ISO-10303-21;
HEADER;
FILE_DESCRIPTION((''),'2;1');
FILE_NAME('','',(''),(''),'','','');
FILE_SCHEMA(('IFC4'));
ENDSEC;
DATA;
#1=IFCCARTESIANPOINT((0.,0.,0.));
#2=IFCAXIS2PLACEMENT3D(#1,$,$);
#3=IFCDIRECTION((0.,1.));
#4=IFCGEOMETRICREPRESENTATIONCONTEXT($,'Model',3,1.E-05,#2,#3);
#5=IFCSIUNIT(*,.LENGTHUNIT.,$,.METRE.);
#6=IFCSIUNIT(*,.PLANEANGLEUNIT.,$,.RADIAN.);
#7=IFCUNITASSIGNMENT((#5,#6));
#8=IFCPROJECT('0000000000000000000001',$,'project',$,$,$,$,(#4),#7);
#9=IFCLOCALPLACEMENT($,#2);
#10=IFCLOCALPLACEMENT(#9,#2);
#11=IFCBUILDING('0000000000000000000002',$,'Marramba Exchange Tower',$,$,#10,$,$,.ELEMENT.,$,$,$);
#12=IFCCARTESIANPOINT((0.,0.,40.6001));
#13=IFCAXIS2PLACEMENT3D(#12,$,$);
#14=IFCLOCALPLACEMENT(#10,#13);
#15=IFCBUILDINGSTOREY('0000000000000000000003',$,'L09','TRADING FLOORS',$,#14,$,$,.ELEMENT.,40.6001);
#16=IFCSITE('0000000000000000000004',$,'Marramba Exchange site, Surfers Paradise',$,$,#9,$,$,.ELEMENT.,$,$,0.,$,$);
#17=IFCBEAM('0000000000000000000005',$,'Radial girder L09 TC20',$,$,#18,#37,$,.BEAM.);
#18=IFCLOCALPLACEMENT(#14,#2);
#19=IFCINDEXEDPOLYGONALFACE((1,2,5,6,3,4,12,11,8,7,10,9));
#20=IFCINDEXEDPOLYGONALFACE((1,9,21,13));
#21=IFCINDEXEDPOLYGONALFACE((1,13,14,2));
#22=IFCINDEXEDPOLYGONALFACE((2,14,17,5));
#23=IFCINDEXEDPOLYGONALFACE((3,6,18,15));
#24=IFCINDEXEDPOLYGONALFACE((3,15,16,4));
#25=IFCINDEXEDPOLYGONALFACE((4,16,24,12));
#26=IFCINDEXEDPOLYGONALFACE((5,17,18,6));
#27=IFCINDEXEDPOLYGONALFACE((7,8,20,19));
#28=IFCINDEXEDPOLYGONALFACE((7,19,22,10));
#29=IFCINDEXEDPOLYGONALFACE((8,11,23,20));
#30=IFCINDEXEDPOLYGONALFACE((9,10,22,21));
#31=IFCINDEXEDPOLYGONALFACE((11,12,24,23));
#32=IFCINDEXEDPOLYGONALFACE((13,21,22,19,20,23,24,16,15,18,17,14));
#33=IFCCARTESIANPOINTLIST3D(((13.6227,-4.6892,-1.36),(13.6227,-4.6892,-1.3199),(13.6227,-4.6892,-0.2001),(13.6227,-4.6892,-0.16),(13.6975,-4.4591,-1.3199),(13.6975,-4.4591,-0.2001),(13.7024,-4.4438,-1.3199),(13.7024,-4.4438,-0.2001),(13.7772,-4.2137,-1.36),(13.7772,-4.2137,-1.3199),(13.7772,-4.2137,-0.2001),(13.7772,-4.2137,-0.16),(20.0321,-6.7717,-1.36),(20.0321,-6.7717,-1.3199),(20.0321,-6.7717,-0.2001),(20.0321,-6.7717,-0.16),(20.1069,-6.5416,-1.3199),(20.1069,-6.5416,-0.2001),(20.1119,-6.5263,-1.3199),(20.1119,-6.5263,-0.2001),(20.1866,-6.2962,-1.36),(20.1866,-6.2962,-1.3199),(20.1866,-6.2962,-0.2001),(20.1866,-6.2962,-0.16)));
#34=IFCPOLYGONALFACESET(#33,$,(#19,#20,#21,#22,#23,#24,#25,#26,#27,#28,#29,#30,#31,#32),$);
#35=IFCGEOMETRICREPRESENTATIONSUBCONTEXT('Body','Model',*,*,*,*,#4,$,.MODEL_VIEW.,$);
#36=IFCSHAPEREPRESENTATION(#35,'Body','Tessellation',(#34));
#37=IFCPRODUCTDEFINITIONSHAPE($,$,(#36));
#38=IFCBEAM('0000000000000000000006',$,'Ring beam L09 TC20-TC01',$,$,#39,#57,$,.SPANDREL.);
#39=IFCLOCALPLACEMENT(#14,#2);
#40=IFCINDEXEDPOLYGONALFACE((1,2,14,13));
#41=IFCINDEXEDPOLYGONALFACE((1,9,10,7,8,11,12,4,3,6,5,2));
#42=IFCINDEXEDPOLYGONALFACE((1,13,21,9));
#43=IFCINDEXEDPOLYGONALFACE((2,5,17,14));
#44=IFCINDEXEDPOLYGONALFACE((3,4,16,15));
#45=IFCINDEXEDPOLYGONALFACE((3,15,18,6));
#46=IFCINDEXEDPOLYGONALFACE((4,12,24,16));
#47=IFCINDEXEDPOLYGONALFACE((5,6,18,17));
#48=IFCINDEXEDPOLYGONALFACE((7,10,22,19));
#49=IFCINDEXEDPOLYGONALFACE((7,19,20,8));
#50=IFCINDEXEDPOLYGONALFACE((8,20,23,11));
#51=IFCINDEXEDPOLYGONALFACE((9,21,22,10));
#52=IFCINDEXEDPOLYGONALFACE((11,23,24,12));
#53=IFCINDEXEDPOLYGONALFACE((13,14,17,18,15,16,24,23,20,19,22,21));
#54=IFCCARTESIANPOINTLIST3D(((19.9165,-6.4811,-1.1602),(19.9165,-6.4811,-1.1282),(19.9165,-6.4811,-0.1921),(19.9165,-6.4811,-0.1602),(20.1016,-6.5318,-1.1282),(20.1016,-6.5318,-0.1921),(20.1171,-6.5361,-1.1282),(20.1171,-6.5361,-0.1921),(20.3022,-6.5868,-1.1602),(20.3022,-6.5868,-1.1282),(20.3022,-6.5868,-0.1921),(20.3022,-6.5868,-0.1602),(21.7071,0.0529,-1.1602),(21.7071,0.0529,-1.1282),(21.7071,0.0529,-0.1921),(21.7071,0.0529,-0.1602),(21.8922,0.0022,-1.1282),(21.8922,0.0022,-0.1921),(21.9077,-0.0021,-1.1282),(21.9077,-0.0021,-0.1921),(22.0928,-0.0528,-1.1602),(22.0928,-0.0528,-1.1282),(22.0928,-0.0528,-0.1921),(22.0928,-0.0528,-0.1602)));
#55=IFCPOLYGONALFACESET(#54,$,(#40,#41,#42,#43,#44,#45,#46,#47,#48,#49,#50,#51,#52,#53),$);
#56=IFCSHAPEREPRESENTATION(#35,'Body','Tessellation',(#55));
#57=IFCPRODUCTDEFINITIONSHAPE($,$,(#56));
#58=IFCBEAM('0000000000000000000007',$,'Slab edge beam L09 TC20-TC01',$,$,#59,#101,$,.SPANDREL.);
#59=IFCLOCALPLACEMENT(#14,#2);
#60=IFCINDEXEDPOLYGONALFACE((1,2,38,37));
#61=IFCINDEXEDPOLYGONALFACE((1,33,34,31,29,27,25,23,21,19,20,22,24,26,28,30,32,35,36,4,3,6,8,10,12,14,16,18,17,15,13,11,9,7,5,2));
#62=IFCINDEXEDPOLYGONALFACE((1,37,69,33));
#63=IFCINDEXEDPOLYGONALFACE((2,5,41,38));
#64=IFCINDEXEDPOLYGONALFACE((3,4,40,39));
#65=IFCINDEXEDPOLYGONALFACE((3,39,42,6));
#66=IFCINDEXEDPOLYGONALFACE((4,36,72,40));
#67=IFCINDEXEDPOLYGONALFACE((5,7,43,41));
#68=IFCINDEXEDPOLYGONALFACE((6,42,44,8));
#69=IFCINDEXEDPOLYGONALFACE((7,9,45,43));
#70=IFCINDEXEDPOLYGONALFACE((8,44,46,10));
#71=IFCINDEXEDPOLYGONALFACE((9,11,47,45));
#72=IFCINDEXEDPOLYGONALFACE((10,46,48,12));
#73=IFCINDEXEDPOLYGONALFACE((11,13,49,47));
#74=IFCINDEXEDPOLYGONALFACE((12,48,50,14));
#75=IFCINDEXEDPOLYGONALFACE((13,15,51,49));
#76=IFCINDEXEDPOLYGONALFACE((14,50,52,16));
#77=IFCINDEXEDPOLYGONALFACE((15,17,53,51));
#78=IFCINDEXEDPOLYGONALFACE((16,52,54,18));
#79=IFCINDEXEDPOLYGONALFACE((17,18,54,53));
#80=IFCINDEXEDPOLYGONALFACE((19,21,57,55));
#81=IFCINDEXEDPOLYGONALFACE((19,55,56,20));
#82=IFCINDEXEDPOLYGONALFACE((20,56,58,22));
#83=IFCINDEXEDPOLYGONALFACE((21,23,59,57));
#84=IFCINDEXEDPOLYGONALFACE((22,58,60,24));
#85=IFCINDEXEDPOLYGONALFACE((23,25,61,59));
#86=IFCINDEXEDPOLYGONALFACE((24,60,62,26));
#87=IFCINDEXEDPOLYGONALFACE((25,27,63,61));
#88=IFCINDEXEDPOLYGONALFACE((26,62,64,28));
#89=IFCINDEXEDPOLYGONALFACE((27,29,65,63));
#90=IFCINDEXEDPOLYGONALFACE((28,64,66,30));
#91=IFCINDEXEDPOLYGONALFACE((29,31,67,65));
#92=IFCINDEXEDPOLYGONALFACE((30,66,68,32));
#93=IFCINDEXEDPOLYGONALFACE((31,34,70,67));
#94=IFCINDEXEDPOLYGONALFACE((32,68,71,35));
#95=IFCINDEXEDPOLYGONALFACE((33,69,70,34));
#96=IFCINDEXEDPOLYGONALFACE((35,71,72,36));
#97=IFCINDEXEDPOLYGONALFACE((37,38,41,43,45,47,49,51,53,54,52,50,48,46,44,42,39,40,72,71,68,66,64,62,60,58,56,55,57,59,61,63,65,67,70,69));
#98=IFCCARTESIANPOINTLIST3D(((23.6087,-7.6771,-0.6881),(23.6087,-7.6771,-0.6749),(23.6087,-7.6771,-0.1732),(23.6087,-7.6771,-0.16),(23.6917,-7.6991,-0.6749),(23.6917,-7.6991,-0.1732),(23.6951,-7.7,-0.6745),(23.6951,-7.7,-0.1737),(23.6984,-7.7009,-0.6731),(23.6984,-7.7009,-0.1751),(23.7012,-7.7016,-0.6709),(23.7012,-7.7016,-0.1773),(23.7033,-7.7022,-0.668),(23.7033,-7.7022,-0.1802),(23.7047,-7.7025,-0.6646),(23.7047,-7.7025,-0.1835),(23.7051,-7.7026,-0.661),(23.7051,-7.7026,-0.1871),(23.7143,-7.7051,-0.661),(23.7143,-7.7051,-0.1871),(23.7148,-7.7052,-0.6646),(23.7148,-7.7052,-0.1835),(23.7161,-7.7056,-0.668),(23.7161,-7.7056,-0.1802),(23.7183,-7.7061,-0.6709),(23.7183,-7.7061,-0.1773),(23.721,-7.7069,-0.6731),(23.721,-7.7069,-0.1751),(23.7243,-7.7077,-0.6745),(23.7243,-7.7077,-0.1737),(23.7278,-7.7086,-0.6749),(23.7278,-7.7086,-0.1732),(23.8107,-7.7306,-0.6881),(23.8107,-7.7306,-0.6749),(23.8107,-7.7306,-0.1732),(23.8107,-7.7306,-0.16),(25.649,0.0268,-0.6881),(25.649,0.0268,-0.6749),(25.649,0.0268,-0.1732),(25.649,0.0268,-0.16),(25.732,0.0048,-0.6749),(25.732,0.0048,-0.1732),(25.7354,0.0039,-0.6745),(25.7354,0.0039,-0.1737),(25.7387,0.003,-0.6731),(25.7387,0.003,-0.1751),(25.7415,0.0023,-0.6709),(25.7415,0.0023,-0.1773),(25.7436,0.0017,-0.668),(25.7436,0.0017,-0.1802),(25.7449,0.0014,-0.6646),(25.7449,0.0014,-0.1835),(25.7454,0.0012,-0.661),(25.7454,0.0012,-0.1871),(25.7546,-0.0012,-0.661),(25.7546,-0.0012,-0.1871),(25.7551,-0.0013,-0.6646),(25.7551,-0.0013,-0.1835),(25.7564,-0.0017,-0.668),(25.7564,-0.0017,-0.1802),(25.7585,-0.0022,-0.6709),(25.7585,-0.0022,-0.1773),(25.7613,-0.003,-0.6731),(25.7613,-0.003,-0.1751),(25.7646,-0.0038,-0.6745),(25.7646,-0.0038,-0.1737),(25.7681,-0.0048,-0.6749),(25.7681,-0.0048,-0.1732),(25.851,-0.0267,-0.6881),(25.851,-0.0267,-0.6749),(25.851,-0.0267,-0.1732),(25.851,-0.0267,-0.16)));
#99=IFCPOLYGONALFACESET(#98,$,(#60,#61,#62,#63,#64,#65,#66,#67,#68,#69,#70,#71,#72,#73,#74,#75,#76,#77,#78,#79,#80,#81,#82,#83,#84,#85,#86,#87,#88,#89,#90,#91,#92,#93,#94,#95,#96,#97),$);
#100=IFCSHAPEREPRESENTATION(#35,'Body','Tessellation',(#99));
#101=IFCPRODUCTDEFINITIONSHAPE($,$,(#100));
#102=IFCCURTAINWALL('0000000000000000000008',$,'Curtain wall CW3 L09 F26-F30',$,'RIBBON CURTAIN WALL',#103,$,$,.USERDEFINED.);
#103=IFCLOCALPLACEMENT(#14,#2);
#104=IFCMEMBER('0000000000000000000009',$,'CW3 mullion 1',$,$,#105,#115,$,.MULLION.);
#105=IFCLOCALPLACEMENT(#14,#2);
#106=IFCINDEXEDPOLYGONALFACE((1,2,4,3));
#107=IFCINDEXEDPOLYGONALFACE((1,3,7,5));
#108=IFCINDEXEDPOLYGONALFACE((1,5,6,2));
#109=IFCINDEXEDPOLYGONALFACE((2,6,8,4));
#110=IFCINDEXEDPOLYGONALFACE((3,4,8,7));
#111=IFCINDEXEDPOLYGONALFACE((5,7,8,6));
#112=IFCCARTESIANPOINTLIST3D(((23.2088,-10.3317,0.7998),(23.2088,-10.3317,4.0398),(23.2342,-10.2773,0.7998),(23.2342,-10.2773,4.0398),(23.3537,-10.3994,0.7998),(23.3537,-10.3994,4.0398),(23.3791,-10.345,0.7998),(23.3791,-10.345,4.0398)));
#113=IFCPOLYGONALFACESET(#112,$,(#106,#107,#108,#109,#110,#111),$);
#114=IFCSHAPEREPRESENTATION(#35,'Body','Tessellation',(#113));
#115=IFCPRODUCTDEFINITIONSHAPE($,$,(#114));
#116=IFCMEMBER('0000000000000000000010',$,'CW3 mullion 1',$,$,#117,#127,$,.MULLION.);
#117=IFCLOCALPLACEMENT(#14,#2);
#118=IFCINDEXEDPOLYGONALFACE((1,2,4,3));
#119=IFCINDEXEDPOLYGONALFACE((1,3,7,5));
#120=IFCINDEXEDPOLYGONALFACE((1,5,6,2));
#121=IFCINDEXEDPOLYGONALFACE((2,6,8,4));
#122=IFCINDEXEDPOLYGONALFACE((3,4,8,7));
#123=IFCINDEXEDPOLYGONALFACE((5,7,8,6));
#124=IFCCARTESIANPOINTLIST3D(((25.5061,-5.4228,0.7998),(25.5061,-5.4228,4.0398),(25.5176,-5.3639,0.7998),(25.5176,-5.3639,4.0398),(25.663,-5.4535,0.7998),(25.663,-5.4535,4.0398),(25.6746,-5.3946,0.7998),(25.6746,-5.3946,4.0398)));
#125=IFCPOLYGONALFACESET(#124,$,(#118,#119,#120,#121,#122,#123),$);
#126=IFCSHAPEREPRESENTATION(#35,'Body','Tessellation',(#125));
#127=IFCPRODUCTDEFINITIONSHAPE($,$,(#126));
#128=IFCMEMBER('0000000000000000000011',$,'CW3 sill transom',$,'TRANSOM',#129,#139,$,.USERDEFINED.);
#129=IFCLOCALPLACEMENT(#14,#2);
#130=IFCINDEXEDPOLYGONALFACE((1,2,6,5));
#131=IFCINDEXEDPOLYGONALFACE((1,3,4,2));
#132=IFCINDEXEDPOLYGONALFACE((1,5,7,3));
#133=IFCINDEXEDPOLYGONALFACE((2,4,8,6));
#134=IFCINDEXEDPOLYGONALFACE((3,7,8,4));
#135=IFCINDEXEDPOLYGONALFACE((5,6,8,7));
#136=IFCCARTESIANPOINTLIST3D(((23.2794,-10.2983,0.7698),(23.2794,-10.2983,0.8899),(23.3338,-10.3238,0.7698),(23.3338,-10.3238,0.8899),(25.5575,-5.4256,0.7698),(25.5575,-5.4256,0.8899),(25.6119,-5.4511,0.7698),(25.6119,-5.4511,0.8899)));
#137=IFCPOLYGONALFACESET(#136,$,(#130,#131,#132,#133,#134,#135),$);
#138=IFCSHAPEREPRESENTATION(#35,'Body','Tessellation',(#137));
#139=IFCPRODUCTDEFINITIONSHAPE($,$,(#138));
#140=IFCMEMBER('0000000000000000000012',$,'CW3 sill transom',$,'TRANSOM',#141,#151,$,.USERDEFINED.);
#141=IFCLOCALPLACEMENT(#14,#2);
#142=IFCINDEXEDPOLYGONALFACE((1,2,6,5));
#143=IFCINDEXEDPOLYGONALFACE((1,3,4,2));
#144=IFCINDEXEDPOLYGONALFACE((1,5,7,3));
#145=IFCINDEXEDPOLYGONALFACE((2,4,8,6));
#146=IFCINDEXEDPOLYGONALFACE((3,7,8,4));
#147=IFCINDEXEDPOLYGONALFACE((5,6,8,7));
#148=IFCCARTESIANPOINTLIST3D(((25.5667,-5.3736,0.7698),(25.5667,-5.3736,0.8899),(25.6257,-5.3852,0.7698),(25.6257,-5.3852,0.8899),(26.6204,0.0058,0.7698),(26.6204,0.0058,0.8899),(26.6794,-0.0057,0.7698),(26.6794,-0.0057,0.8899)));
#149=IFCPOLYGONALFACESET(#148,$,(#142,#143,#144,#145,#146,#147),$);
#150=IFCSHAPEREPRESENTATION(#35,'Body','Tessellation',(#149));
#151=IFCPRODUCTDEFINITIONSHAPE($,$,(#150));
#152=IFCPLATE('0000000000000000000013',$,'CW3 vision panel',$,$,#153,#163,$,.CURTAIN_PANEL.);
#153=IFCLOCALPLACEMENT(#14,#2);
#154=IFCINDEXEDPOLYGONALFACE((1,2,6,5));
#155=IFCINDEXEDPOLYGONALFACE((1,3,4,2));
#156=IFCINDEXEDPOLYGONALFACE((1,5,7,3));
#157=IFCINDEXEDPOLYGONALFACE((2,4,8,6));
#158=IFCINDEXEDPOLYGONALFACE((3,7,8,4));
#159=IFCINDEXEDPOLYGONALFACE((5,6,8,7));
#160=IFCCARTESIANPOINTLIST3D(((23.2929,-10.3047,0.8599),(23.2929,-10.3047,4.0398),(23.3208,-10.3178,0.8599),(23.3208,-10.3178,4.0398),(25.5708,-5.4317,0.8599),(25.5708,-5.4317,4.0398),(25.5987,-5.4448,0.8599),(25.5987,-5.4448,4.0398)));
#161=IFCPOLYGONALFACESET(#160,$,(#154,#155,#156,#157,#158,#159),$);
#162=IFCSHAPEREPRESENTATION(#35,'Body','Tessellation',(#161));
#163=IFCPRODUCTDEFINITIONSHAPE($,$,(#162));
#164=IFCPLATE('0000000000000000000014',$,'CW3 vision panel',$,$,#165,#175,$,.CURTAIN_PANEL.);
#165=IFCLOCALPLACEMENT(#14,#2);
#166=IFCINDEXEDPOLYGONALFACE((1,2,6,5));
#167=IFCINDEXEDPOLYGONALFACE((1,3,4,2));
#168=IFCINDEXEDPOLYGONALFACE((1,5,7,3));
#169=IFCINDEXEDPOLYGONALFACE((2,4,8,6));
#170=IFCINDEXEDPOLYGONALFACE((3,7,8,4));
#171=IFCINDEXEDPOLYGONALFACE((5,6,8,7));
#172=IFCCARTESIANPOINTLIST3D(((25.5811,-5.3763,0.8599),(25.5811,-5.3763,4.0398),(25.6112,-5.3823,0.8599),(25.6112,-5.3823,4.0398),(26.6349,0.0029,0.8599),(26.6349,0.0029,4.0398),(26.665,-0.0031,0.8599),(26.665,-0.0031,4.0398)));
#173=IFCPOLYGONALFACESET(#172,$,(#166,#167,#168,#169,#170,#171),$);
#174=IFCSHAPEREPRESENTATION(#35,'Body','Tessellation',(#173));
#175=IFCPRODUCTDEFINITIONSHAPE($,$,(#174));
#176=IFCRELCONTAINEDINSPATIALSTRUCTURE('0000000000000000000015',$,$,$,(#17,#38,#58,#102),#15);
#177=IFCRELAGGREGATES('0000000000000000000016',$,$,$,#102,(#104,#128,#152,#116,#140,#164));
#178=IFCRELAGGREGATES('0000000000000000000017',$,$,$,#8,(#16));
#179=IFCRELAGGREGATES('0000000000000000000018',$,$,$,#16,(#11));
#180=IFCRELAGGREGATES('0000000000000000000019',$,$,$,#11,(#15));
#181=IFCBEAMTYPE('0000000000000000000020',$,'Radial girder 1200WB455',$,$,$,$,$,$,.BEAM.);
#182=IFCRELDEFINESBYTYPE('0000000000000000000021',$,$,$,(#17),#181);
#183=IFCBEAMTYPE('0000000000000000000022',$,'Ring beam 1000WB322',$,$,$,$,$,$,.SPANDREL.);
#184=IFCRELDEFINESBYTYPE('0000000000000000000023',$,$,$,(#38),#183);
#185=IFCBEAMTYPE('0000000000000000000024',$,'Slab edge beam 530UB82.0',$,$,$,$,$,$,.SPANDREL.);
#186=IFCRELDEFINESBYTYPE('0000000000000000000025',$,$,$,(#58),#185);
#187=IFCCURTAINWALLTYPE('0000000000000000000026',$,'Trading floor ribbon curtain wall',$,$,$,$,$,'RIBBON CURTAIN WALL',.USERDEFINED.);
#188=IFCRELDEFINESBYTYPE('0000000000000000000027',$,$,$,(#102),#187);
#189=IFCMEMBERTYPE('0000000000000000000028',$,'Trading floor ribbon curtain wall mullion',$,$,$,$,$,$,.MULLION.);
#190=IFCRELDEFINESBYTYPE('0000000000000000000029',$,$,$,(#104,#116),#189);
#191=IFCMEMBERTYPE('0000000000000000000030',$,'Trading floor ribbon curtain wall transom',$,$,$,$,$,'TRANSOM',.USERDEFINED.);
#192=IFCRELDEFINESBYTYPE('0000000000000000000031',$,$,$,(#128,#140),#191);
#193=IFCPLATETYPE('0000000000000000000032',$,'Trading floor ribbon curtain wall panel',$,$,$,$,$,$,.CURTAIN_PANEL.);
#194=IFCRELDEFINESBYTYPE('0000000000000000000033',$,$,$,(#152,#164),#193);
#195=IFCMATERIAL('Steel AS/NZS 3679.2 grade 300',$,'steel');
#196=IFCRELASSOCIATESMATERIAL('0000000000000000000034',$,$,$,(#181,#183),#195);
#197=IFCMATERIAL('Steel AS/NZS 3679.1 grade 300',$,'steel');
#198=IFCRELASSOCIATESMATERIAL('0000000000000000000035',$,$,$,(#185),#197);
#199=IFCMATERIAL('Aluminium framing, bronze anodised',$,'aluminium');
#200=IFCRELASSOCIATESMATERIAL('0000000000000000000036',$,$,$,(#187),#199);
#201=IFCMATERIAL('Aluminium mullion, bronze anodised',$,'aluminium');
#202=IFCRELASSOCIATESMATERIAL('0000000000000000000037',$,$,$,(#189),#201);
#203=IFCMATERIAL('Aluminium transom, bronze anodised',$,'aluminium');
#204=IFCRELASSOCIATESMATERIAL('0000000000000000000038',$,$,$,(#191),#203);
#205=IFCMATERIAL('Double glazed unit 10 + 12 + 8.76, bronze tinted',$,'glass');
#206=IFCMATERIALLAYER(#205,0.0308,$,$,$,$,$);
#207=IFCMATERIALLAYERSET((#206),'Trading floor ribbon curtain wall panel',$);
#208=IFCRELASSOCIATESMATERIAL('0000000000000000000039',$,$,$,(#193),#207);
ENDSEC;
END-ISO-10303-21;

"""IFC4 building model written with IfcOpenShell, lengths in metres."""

from ifc_helpers import new_model, si_unit, direction, frame, origin, origin_2d, place, context, subcontext, project, spatial, rectangle, i_section, extrude, material, layer, layer_set, material_profile, profile_set, type_object, element, aggregate, save


model = new_model("IFC4")

# Units and contexts
model_context = context("Model", 3, precision=1e-05, world=origin(), true_north=direction((0.0, 1.0)))
body_context = subcontext(model_context, "Body", "Model", "MODEL_VIEW")
ifc_project = project(units=[si_unit("LENGTHUNIT", "METRE"), si_unit("PLANEANGLEUNIT", "RADIAN")], contexts=[model_context])

# Site, building, storey
site_placement = place(None, origin())
site = spatial("IfcSite", under=ifc_project, at=site_placement, Name="Marramba Exchange site, Surfers Paradise", CompositionType="ELEMENT", RefElevation=0.0)
building_placement = place(site_placement, origin())
building = spatial("IfcBuilding", under=site, at=building_placement, Name="Marramba Exchange Tower", CompositionType="ELEMENT")
storey_placement = place(building_placement, frame((0.0, 0.0, 40.6001)))
storey = spatial("IfcBuildingStorey", under=building, at=storey_placement, Name="L09", Description="TRADING FLOORS", CompositionType="ELEMENT", Elevation=40.6001)

# Beams
ifc_material_1 = material(Name="Steel AS/NZS 3679.2 grade 300", Category="steel")
ifc_material_2 = material(Name="Steel AS/NZS 3679.1 grade 300", Category="steel")
ifc_material_profile_1 = material_profile(ifc_material_1, i_section(OverallWidth=0.5, OverallDepth=1.2, WebThickness=0.0161, FlangeThickness=0.04, at=origin_2d()), Name="1200WB455")
ifc_profile_set_1 = profile_set([ifc_material_profile_1], Name="Steel AS/NZS 3679.2 grade 300")
beam_type_1 = type_object("IfcBeamType", Name="Radial girder 1200WB455", PredefinedType="BEAM", material=ifc_profile_set_1)
beam_1_placement = place(storey_placement, frame((13.7, -4.4514, -0.76), z_axis=(0.951058, -0.309013, 0.0), x_axis=(0.309013, 0.951058, 0.0)))
element("IfcBeam", 1, at=beam_1_placement, inside=storey, type_object=beam_type_1, Name="Radial girder L09 TC20", PredefinedType="BEAM", context=body_context, shape_type="SweptSolid", body=[
    extrude(i_section(OverallWidth=0.5, OverallDepth=1.2, WebThickness=0.0161, FlangeThickness=0.04, at=origin_2d()), origin(), (0.0, 0.0, 1.0), 6.7393),
])
ifc_material_profile_2 = material_profile(ifc_material_1, i_section(OverallWidth=0.3999, OverallDepth=1.0, WebThickness=0.0161, FlangeThickness=0.032, at=origin_2d()), Name="1000WB322")
ifc_profile_set_2 = profile_set([ifc_material_profile_2], Name="Steel AS/NZS 3679.2 grade 300")
beam_type_2 = type_object("IfcBeamType", Name="Ring beam 1000WB322", PredefinedType="SPANDREL", material=ifc_profile_set_2)
beam_2_placement = place(storey_placement, frame((20.1094, -6.5339, -0.6602), z_axis=(0.264291, 0.964443, 0.0), x_axis=(-0.964443, 0.264291, 0.0)))
element("IfcBeam", 2, at=beam_2_placement, inside=storey, type_object=beam_type_2, Name="Ring beam L09 TC20-TC01", PredefinedType="SPANDREL", context=body_context, shape_type="SweptSolid", body=[
    extrude(i_section(OverallWidth=0.3999, OverallDepth=1.0, WebThickness=0.0161, FlangeThickness=0.032, at=origin_2d()), origin(), (0.0, 0.0, 1.0), 6.7749),
])
ifc_material_profile_3 = material_profile(ifc_material_2, i_section(OverallWidth=0.209, OverallDepth=0.5281, WebThickness=0.0095, FlangeThickness=0.0132, FilletRadius=0.0139, at=origin_2d()), Name="530UB82.0")
ifc_profile_set_3 = profile_set([ifc_material_profile_3], Name="Steel AS/NZS 3679.1 grade 300")
beam_type_3 = type_object("IfcBeamType", Name="Slab edge beam 530UB82.0", PredefinedType="SPANDREL", material=ifc_profile_set_3)
beam_3_placement = place(storey_placement, frame((23.7097, -7.7039, -0.4241), z_axis=(0.256013, 0.966673, 0.0), x_axis=(-0.966673, 0.256013, 0.0)))
element("IfcBeam", 3, at=beam_3_placement, inside=storey, type_object=beam_type_3, Name="Slab edge beam L09 TC20-TC01", PredefinedType="SPANDREL", context=body_context, shape_type="SweptSolid", body=[
    extrude(i_section(OverallWidth=0.209, OverallDepth=0.5281, WebThickness=0.0095, FlangeThickness=0.0132, FilletRadius=0.0139, at=origin_2d()), origin(), (0.0, 0.0, 1.0), 7.9695),
])

# Curtain wall, members, plates
ifc_material_3 = material(Name="Aluminium framing, bronze anodised", Category="aluminium")
curtain_wall_type = type_object("IfcCurtainWallType", Name="Trading floor ribbon curtain wall", ElementType="RIBBON CURTAIN WALL", PredefinedType="USERDEFINED", material=ifc_material_3)
curtain_wall_placement = place(storey_placement, origin())
curtain_wall = element("IfcCurtainWall", 4, at=curtain_wall_placement, inside=storey, type_object=curtain_wall_type, Name="Curtain wall CW3 L09 F26-F30", ObjectType="RIBBON CURTAIN WALL", PredefinedType="USERDEFINED")
ifc_material_4 = material(Name="Aluminium mullion, bronze anodised", Category="aluminium")
ifc_material_profile_4 = material_profile(ifc_material_4, rectangle(XDim=0.1599, YDim=0.0601, at=origin_2d()), Name="CW3 mullion 60x160")
ifc_profile_set_4 = profile_set([ifc_material_profile_4], Name="Aluminium mullion, bronze anodised")
member_type_1 = type_object("IfcMemberType", Name="Trading floor ribbon curtain wall mullion", PredefinedType="MULLION", material=ifc_profile_set_4)
member_1_placement = place(storey_placement, frame((23.2939, -10.3384, 0.7998), z_axis=(0.0, 0.0, 1.0), x_axis=(-0.905907, 0.423477, 0.0)))
member_1 = element("IfcMember", 5, at=member_1_placement, type_object=member_type_1, Name="CW3 mullion 1", PredefinedType="MULLION", context=body_context, shape_type="SweptSolid", body=[
    extrude(rectangle(XDim=0.1599, YDim=0.0601, at=origin_2d()), origin(), (0.0, 0.0, 1.0), 3.24),
])
member_2_placement = place(storey_placement, frame((25.5903, -5.4087, 0.7998), z_axis=(0.0, 0.0, 1.0), x_axis=(-0.981346, 0.192249, 0.0)))
member_2 = element("IfcMember", 6, at=member_2_placement, type_object=member_type_1, Name="CW3 mullion 1", PredefinedType="MULLION", context=body_context, shape_type="SweptSolid", body=[
    extrude(rectangle(XDim=0.1599, YDim=0.0601, at=origin_2d()), origin(), (0.0, 0.0, 1.0), 3.24),
])
ifc_material_5 = material(Name="Aluminium transom, bronze anodised", Category="aluminium")
ifc_material_profile_5 = material_profile(ifc_material_5, rectangle(XDim=0.0601, YDim=0.1201, at=origin_2d()), Name="CW3 transom 60x120")
ifc_profile_set_5 = profile_set([ifc_material_profile_5], Name="Aluminium transom, bronze anodised")
member_type_2 = type_object("IfcMemberType", Name="Trading floor ribbon curtain wall transom", ElementType="TRANSOM", PredefinedType="USERDEFINED", material=ifc_profile_set_5)
member_3_placement = place(storey_placement, frame((23.3066, -10.311, 0.8298), z_axis=(0.423512, 0.905891, 0.0), x_axis=(-0.905891, 0.423512, 0.0)))
member_3 = element("IfcMember", 7, at=member_3_placement, type_object=member_type_2, Name="CW3 sill transom", ObjectType="TRANSOM", PredefinedType="USERDEFINED", context=body_context, shape_type="SweptSolid", body=[
    extrude(rectangle(XDim=0.0601, YDim=0.1201, at=origin_2d()), origin(), (0.0, 0.0, 1.0), 5.3789),
])
member_4_placement = place(storey_placement, frame((25.5962, -5.3794, 0.8298), z_axis=(0.192226, 0.981351, 0.0), x_axis=(-0.981351, 0.192226, 0.0)))
member_4 = element("IfcMember", 8, at=member_4_placement, type_object=member_type_2, Name="CW3 sill transom", ObjectType="TRANSOM", PredefinedType="USERDEFINED", context=body_context, shape_type="SweptSolid", body=[
    extrude(rectangle(XDim=0.0601, YDim=0.1201, at=origin_2d()), origin(), (0.0, 0.0, 1.0), 5.4817),
])
ifc_material_6 = material(Name="Double glazed unit 10 + 12 + 8.76, bronze tinted", Category="glass")
ifc_layer_1 = layer(ifc_material_6, 0.0308)
ifc_layer_set_1 = layer_set([ifc_layer_1], Name="Trading floor ribbon curtain wall panel")
plate_type = type_object("IfcPlateType", Name="Trading floor ribbon curtain wall panel", PredefinedType="CURTAIN_PANEL", material=ifc_layer_set_1)
plate_1_placement = place(storey_placement, frame((24.4458, -7.8748, 0.8599), z_axis=(0.0, 0.0, 1.0), x_axis=(0.423477, 0.905907, 0.0)))
plate_1 = element("IfcPlate", 9, at=plate_1_placement, type_object=plate_type, Name="CW3 vision panel", PredefinedType="CURTAIN_PANEL", context=body_context, shape_type="SweptSolid", body=[
    extrude(rectangle(XDim=5.3792, YDim=0.0308, at=origin_2d()), origin(), (0.0, 0.0, 1.0), 3.1799),
])
plate_2_placement = place(storey_placement, frame((26.123, -2.6897, 0.8599), z_axis=(0.0, 0.0, 1.0), x_axis=(0.192249, 0.981346, 0.0)))
plate_2 = element("IfcPlate", 10, at=plate_2_placement, type_object=plate_type, Name="CW3 vision panel", PredefinedType="CURTAIN_PANEL", context=body_context, shape_type="SweptSolid", body=[
    extrude(rectangle(XDim=5.4814, YDim=0.0308, at=origin_2d()), origin(), (0.0, 0.0, 1.0), 3.1799),
])
aggregate(curtain_wall, [member_1, member_3, plate_1, member_2, member_4, plate_2])

save(model, "model.ifc")
